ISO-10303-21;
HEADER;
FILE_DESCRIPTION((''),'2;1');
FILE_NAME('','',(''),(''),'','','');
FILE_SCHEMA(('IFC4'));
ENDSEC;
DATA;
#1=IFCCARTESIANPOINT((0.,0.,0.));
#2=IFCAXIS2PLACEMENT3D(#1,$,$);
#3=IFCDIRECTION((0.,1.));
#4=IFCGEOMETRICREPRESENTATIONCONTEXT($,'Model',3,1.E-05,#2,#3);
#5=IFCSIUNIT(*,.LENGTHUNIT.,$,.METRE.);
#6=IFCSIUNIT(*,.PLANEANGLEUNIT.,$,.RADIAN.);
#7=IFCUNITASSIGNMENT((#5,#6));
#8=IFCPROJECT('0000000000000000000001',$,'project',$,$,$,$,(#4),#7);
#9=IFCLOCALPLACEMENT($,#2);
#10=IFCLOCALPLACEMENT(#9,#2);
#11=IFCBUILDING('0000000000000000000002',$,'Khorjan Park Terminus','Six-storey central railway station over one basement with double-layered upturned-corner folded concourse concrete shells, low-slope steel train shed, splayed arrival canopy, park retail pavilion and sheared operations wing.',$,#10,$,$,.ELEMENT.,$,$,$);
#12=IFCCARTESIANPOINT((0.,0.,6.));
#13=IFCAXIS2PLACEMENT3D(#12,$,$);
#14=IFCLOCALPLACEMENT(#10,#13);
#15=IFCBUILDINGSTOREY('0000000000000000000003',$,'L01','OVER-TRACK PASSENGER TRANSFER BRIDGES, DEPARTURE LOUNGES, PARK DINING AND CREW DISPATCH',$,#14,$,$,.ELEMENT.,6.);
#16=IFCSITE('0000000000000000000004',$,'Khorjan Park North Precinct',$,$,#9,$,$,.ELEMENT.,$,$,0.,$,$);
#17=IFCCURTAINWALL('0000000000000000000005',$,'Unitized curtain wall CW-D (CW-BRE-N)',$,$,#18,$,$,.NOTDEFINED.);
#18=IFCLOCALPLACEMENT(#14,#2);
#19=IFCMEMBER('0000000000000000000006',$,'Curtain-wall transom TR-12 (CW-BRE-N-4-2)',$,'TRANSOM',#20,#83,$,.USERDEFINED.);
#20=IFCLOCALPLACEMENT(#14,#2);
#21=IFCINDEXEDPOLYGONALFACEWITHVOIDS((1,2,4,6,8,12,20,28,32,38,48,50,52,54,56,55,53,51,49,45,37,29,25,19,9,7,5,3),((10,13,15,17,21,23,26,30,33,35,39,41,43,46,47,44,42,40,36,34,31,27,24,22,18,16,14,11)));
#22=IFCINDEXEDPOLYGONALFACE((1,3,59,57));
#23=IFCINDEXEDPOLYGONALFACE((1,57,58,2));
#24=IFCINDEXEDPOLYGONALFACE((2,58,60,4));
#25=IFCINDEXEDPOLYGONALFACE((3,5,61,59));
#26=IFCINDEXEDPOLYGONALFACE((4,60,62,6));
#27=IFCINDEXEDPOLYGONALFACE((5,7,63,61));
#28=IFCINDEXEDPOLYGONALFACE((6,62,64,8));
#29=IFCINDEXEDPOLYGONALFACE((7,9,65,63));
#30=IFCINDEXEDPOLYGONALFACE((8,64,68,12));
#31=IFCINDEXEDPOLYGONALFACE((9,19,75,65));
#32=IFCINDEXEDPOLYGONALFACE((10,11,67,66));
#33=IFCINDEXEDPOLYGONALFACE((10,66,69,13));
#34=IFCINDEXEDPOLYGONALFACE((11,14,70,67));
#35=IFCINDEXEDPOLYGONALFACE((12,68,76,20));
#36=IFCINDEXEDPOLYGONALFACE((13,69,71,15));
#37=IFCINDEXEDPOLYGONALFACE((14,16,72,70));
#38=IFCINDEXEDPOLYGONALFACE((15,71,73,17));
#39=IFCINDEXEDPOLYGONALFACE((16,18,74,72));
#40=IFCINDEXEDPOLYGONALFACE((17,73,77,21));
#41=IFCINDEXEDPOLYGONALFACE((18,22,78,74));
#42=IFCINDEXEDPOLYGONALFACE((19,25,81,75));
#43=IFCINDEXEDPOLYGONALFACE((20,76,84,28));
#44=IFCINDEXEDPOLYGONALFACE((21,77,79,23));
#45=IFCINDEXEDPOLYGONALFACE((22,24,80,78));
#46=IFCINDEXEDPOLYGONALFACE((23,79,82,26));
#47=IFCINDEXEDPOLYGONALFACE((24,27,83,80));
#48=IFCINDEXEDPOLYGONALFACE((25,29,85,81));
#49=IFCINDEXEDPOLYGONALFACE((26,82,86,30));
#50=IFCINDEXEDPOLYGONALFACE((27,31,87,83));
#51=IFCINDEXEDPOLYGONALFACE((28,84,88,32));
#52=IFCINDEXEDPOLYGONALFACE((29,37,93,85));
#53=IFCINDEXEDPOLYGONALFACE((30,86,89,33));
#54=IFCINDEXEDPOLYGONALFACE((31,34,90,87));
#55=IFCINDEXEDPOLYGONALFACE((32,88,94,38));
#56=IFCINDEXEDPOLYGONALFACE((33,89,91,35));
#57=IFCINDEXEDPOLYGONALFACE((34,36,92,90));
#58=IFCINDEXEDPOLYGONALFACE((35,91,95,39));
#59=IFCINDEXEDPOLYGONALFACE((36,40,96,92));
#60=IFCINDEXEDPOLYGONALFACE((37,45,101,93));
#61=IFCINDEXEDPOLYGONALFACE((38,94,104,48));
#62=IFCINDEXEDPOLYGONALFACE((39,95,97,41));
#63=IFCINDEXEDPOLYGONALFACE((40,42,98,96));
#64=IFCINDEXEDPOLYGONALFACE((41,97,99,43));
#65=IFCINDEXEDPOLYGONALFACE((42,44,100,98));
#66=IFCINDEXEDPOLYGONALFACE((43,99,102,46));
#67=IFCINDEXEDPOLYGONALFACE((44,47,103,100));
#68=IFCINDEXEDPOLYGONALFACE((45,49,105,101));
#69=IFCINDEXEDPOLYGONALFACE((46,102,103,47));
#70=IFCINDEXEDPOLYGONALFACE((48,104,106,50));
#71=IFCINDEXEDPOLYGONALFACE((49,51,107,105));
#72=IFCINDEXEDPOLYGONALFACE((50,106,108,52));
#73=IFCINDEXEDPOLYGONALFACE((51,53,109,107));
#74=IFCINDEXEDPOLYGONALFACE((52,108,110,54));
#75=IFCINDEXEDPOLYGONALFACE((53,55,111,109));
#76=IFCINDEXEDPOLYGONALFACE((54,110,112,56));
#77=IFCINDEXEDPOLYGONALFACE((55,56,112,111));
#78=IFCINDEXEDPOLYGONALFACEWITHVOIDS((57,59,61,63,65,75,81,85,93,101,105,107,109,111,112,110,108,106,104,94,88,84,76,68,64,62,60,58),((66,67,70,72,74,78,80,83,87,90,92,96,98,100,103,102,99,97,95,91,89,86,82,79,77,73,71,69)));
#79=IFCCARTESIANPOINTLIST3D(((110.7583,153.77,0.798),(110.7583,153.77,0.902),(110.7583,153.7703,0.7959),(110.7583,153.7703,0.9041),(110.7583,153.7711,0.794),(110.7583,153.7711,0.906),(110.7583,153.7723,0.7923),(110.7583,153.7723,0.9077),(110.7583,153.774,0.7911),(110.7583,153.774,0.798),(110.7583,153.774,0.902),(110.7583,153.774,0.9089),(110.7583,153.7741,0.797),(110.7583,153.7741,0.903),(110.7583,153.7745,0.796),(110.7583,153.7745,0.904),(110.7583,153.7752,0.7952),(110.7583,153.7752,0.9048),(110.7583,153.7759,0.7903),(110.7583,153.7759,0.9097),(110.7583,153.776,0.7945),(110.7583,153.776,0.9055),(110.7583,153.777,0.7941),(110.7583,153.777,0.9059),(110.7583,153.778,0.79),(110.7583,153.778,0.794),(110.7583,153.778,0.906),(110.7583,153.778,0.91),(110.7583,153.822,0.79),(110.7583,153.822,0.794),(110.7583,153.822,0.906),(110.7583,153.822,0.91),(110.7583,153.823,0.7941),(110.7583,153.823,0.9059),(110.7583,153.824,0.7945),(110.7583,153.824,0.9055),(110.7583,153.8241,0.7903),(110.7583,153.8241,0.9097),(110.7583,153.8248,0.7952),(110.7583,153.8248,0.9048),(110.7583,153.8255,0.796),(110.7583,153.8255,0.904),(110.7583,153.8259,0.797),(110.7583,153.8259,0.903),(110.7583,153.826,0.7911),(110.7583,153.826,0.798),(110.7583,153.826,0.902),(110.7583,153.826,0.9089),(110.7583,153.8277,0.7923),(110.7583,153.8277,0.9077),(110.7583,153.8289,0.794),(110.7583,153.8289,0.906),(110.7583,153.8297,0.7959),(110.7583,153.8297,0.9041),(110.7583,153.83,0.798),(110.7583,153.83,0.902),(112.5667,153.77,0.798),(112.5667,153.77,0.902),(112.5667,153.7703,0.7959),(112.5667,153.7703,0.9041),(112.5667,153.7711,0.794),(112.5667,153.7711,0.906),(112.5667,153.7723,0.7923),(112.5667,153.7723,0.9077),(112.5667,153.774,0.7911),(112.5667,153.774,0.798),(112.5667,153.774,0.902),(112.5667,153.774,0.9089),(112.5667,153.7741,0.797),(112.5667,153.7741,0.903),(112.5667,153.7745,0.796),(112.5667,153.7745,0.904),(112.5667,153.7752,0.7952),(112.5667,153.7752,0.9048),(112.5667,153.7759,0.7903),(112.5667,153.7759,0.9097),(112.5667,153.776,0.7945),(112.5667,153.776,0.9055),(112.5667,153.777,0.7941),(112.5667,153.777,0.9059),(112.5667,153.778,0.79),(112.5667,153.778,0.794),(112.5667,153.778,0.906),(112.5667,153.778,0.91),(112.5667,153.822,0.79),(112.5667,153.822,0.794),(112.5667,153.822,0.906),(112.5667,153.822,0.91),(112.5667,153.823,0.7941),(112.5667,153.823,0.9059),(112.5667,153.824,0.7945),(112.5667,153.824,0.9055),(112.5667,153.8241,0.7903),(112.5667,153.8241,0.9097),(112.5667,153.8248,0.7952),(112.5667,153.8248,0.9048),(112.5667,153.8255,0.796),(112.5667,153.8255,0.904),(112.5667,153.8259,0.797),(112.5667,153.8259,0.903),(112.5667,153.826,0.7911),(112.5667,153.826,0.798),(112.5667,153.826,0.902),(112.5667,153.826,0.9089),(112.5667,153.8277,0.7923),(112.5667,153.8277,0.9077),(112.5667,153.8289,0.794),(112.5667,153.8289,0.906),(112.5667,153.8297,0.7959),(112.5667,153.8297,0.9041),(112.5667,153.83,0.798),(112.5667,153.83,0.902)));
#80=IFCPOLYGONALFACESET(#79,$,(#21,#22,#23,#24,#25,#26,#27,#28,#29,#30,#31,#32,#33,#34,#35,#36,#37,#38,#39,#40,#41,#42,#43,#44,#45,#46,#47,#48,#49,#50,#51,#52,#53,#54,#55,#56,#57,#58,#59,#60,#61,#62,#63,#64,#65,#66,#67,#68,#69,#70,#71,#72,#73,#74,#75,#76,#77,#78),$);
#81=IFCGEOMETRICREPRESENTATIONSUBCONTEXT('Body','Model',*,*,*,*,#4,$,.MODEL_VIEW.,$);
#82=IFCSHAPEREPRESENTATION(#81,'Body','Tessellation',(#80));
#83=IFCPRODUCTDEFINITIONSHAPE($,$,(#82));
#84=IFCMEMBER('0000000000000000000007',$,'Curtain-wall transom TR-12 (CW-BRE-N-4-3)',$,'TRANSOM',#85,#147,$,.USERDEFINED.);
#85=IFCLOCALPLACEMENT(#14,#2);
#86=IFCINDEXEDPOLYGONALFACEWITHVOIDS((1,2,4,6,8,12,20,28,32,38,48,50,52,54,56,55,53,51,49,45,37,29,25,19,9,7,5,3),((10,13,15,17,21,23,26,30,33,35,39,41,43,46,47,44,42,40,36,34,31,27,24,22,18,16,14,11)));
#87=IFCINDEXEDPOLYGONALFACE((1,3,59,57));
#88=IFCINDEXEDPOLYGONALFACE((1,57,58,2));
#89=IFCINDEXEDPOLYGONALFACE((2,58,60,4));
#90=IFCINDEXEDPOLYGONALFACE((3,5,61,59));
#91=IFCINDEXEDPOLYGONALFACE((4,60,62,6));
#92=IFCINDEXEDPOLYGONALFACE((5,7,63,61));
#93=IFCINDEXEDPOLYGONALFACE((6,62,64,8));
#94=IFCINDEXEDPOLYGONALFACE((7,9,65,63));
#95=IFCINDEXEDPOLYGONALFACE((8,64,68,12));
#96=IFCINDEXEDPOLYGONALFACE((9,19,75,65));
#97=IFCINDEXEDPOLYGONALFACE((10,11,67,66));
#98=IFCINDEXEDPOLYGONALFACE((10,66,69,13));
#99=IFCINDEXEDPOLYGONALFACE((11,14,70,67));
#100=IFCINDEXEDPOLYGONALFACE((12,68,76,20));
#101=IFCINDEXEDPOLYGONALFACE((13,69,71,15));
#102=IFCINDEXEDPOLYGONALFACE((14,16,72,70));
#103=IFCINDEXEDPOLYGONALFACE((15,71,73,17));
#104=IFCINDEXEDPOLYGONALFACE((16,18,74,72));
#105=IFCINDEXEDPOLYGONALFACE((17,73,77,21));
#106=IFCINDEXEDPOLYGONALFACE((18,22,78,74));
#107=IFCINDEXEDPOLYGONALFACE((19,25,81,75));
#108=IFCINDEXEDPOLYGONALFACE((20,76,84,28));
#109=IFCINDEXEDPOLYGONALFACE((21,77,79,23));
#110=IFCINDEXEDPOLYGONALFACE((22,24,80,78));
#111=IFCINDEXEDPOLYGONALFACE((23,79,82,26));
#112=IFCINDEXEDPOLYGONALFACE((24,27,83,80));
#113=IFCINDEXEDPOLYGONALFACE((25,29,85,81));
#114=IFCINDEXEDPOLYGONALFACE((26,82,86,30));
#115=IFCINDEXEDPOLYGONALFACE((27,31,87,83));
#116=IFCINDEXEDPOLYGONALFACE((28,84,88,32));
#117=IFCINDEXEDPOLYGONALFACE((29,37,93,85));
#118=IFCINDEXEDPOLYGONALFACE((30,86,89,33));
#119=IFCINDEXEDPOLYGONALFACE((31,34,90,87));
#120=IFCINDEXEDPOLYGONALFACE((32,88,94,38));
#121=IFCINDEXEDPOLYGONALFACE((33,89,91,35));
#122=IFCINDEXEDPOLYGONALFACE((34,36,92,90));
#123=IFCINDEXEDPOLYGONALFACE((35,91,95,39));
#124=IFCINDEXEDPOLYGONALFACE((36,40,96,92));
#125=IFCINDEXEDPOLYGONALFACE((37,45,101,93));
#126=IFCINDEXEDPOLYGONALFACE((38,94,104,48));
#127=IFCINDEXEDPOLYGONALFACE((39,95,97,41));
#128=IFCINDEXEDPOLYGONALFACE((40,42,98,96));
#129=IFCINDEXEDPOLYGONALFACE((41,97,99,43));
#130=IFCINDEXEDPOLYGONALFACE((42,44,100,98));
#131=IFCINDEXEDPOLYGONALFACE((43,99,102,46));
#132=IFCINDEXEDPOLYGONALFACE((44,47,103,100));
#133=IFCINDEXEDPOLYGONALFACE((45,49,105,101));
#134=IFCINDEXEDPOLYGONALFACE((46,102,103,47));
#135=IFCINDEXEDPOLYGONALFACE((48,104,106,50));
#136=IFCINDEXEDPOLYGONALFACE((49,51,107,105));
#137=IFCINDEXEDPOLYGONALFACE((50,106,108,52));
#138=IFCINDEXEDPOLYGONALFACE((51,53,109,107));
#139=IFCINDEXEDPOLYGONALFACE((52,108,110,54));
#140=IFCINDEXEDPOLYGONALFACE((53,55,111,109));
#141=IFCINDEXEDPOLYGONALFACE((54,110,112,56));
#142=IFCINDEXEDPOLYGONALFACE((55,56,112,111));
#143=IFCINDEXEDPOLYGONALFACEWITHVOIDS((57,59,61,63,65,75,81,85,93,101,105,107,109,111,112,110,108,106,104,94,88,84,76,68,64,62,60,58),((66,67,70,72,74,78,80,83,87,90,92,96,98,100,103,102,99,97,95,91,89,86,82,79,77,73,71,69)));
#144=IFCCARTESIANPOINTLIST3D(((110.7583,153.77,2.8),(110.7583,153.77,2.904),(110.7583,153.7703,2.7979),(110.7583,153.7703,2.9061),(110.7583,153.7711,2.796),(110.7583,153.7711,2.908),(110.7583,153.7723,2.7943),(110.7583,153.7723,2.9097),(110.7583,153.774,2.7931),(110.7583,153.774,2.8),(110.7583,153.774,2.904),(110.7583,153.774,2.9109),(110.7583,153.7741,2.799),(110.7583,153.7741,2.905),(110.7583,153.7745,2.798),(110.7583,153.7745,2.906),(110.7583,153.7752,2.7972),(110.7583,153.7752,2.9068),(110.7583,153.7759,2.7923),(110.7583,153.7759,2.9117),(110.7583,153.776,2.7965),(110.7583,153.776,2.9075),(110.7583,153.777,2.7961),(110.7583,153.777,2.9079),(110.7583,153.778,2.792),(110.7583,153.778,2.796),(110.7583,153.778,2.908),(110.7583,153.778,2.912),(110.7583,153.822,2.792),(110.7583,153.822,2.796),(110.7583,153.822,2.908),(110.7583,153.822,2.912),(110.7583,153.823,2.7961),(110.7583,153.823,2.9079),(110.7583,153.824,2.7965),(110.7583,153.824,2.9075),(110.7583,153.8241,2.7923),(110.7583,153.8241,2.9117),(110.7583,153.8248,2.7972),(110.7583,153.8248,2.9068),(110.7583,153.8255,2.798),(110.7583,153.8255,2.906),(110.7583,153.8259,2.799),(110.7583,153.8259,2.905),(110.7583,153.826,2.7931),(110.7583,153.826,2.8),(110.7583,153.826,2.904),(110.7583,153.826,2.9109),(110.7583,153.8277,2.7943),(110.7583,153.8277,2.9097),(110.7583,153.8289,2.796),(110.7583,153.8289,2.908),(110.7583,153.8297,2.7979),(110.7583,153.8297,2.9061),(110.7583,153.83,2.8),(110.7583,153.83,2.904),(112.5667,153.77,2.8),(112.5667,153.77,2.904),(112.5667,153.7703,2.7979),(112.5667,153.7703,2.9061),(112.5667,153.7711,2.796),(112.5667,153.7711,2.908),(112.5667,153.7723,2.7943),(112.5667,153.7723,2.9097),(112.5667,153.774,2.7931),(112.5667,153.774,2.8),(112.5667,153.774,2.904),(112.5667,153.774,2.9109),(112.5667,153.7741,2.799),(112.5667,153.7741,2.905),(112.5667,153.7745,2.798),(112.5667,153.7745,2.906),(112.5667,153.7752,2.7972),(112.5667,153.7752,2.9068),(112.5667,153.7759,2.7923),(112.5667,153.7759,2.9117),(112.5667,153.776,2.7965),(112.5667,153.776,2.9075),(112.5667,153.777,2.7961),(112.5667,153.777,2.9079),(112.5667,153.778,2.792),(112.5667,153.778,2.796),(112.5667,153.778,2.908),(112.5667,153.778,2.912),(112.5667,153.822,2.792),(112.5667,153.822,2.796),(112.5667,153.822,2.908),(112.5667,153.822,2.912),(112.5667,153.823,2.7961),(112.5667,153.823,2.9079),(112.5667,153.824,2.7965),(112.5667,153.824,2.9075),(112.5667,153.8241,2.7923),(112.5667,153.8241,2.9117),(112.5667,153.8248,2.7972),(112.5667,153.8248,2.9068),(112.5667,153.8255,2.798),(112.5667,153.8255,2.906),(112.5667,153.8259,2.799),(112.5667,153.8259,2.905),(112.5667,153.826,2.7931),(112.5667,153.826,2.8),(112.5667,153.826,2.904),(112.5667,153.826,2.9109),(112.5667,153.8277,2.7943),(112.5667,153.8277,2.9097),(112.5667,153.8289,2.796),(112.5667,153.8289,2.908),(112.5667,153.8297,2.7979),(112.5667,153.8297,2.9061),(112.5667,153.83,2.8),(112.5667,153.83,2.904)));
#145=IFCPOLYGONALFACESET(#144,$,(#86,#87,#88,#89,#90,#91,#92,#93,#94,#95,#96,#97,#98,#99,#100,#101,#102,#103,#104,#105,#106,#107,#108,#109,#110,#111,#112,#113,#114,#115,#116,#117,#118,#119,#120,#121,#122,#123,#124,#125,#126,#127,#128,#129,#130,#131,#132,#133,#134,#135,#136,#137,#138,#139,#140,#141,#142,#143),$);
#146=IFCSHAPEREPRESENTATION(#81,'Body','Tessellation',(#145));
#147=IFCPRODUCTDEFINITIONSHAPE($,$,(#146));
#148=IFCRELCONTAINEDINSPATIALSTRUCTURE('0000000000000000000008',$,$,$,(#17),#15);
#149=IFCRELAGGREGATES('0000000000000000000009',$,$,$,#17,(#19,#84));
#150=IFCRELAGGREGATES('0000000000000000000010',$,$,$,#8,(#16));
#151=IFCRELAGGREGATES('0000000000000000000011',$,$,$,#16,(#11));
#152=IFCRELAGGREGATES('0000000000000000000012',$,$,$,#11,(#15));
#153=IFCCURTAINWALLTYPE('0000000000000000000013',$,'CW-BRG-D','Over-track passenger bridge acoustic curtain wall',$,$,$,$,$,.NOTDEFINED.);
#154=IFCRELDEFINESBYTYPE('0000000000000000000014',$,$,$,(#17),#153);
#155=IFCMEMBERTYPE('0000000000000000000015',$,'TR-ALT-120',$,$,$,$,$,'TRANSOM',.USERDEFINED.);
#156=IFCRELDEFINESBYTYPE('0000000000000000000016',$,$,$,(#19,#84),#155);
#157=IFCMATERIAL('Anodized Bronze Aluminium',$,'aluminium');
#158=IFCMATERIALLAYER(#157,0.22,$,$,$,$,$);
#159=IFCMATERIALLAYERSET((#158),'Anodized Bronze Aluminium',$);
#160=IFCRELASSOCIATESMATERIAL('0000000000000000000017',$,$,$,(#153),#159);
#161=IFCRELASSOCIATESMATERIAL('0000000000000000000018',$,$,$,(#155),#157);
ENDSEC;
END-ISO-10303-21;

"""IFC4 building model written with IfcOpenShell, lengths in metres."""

from ifc_helpers import new_model, si_unit, direction, frame, origin, origin_2d, place, context, subcontext, project, spatial, hollow_rectangle, extrude, material, layer, layer_set, material_profile, profile_set, type_object, element, aggregate, save


model = new_model("IFC4")

# Units and contexts
model_context = context("Model", 3, precision=1e-05, world=origin(), true_north=direction((0.0, 1.0)))
body_context = subcontext(model_context, "Body", "Model", "MODEL_VIEW")
ifc_project = project(units=[si_unit("LENGTHUNIT", "METRE"), si_unit("PLANEANGLEUNIT", "RADIAN")], contexts=[model_context])

# Site, building, storey
site_placement = place(None, origin())
site = spatial("IfcSite", under=ifc_project, at=site_placement, Name="Khorjan Park North Precinct", CompositionType="ELEMENT", RefElevation=0.0)
building_placement = place(site_placement, origin())
building = spatial("IfcBuilding", under=site, at=building_placement, Name="Khorjan Park Terminus", Description="Six-storey central railway station over one basement with double-layered upturned-corner folded concourse concrete shells, low-slope steel train shed, splayed arrival canopy, park retail pavilion and sheared operations wing.", CompositionType="ELEMENT")
storey_placement = place(building_placement, frame((0.0, 0.0, 6.0)))
storey = spatial("IfcBuildingStorey", under=building, at=storey_placement, Name="L01", Description="OVER-TRACK PASSENGER TRANSFER BRIDGES, DEPARTURE LOUNGES, PARK DINING AND CREW DISPATCH", CompositionType="ELEMENT", Elevation=6.0)

# Curtain wall, members
ifc_material_1 = material(Name="Anodized Bronze Aluminium", Category="aluminium")
ifc_layer_1 = layer(ifc_material_1, 0.22)
ifc_layer_set_1 = layer_set([ifc_layer_1], Name="Anodized Bronze Aluminium")
curtain_wall_type = type_object("IfcCurtainWallType", Name="CW-BRG-D", Description="Over-track passenger bridge acoustic curtain wall", PredefinedType="NOTDEFINED", material=ifc_layer_set_1)
curtain_wall_placement = place(storey_placement, origin())
curtain_wall = element("IfcCurtainWall", 1, at=curtain_wall_placement, inside=storey, type_object=curtain_wall_type, Name="Unitized curtain wall CW-D (CW-BRE-N)", PredefinedType="NOTDEFINED")
ifc_material_profile_1 = material_profile(ifc_material_1, hollow_rectangle(XDim=0.06, YDim=0.12, WallThickness=0.004, InnerFilletRadius=0.004, OuterFilletRadius=0.008, at=origin_2d()), Name="ALT 60x120x4")
ifc_profile_set_1 = profile_set([ifc_material_profile_1], Name="Anodized Bronze Aluminium")
member_type_1 = type_object("IfcMemberType", Name="TR-ALT-120", ElementType="TRANSOM", PredefinedType="USERDEFINED", material=ifc_profile_set_1)
member_1_placement = place(storey_placement, frame((112.5667, 153.8, 0.85), z_axis=(-1.0, 0.0, 0.0), x_axis=(0.0, -1.0, 0.0)))
member_1 = element("IfcMember", 2, at=member_1_placement, type_object=member_type_1, Name="Curtain-wall transom TR-12 (CW-BRE-N-4-2)", ObjectType="TRANSOM", PredefinedType="USERDEFINED", context=body_context, shape_type="SweptSolid", body=[
    extrude(hollow_rectangle(XDim=0.06, YDim=0.12, WallThickness=0.004, InnerFilletRadius=0.004, OuterFilletRadius=0.008, at=origin_2d()), origin(), (0.0, 0.0, 1.0), 1.8084),
])
member_2_placement = place(storey_placement, frame((112.5667, 153.8, 2.852), z_axis=(-1.0, 0.0, 0.0), x_axis=(0.0, -1.0, 0.0)))
member_2 = element("IfcMember", 3, at=member_2_placement, type_object=member_type_1, Name="Curtain-wall transom TR-12 (CW-BRE-N-4-3)", ObjectType="TRANSOM", PredefinedType="USERDEFINED", context=body_context, shape_type="SweptSolid", body=[
    extrude(hollow_rectangle(XDim=0.06, YDim=0.12, WallThickness=0.004, InnerFilletRadius=0.004, OuterFilletRadius=0.008, at=origin_2d()), origin(), (0.0, 0.0, 1.0), 1.8084),
])
aggregate(curtain_wall, [member_1, member_2])

save(model, "model.ifc")
